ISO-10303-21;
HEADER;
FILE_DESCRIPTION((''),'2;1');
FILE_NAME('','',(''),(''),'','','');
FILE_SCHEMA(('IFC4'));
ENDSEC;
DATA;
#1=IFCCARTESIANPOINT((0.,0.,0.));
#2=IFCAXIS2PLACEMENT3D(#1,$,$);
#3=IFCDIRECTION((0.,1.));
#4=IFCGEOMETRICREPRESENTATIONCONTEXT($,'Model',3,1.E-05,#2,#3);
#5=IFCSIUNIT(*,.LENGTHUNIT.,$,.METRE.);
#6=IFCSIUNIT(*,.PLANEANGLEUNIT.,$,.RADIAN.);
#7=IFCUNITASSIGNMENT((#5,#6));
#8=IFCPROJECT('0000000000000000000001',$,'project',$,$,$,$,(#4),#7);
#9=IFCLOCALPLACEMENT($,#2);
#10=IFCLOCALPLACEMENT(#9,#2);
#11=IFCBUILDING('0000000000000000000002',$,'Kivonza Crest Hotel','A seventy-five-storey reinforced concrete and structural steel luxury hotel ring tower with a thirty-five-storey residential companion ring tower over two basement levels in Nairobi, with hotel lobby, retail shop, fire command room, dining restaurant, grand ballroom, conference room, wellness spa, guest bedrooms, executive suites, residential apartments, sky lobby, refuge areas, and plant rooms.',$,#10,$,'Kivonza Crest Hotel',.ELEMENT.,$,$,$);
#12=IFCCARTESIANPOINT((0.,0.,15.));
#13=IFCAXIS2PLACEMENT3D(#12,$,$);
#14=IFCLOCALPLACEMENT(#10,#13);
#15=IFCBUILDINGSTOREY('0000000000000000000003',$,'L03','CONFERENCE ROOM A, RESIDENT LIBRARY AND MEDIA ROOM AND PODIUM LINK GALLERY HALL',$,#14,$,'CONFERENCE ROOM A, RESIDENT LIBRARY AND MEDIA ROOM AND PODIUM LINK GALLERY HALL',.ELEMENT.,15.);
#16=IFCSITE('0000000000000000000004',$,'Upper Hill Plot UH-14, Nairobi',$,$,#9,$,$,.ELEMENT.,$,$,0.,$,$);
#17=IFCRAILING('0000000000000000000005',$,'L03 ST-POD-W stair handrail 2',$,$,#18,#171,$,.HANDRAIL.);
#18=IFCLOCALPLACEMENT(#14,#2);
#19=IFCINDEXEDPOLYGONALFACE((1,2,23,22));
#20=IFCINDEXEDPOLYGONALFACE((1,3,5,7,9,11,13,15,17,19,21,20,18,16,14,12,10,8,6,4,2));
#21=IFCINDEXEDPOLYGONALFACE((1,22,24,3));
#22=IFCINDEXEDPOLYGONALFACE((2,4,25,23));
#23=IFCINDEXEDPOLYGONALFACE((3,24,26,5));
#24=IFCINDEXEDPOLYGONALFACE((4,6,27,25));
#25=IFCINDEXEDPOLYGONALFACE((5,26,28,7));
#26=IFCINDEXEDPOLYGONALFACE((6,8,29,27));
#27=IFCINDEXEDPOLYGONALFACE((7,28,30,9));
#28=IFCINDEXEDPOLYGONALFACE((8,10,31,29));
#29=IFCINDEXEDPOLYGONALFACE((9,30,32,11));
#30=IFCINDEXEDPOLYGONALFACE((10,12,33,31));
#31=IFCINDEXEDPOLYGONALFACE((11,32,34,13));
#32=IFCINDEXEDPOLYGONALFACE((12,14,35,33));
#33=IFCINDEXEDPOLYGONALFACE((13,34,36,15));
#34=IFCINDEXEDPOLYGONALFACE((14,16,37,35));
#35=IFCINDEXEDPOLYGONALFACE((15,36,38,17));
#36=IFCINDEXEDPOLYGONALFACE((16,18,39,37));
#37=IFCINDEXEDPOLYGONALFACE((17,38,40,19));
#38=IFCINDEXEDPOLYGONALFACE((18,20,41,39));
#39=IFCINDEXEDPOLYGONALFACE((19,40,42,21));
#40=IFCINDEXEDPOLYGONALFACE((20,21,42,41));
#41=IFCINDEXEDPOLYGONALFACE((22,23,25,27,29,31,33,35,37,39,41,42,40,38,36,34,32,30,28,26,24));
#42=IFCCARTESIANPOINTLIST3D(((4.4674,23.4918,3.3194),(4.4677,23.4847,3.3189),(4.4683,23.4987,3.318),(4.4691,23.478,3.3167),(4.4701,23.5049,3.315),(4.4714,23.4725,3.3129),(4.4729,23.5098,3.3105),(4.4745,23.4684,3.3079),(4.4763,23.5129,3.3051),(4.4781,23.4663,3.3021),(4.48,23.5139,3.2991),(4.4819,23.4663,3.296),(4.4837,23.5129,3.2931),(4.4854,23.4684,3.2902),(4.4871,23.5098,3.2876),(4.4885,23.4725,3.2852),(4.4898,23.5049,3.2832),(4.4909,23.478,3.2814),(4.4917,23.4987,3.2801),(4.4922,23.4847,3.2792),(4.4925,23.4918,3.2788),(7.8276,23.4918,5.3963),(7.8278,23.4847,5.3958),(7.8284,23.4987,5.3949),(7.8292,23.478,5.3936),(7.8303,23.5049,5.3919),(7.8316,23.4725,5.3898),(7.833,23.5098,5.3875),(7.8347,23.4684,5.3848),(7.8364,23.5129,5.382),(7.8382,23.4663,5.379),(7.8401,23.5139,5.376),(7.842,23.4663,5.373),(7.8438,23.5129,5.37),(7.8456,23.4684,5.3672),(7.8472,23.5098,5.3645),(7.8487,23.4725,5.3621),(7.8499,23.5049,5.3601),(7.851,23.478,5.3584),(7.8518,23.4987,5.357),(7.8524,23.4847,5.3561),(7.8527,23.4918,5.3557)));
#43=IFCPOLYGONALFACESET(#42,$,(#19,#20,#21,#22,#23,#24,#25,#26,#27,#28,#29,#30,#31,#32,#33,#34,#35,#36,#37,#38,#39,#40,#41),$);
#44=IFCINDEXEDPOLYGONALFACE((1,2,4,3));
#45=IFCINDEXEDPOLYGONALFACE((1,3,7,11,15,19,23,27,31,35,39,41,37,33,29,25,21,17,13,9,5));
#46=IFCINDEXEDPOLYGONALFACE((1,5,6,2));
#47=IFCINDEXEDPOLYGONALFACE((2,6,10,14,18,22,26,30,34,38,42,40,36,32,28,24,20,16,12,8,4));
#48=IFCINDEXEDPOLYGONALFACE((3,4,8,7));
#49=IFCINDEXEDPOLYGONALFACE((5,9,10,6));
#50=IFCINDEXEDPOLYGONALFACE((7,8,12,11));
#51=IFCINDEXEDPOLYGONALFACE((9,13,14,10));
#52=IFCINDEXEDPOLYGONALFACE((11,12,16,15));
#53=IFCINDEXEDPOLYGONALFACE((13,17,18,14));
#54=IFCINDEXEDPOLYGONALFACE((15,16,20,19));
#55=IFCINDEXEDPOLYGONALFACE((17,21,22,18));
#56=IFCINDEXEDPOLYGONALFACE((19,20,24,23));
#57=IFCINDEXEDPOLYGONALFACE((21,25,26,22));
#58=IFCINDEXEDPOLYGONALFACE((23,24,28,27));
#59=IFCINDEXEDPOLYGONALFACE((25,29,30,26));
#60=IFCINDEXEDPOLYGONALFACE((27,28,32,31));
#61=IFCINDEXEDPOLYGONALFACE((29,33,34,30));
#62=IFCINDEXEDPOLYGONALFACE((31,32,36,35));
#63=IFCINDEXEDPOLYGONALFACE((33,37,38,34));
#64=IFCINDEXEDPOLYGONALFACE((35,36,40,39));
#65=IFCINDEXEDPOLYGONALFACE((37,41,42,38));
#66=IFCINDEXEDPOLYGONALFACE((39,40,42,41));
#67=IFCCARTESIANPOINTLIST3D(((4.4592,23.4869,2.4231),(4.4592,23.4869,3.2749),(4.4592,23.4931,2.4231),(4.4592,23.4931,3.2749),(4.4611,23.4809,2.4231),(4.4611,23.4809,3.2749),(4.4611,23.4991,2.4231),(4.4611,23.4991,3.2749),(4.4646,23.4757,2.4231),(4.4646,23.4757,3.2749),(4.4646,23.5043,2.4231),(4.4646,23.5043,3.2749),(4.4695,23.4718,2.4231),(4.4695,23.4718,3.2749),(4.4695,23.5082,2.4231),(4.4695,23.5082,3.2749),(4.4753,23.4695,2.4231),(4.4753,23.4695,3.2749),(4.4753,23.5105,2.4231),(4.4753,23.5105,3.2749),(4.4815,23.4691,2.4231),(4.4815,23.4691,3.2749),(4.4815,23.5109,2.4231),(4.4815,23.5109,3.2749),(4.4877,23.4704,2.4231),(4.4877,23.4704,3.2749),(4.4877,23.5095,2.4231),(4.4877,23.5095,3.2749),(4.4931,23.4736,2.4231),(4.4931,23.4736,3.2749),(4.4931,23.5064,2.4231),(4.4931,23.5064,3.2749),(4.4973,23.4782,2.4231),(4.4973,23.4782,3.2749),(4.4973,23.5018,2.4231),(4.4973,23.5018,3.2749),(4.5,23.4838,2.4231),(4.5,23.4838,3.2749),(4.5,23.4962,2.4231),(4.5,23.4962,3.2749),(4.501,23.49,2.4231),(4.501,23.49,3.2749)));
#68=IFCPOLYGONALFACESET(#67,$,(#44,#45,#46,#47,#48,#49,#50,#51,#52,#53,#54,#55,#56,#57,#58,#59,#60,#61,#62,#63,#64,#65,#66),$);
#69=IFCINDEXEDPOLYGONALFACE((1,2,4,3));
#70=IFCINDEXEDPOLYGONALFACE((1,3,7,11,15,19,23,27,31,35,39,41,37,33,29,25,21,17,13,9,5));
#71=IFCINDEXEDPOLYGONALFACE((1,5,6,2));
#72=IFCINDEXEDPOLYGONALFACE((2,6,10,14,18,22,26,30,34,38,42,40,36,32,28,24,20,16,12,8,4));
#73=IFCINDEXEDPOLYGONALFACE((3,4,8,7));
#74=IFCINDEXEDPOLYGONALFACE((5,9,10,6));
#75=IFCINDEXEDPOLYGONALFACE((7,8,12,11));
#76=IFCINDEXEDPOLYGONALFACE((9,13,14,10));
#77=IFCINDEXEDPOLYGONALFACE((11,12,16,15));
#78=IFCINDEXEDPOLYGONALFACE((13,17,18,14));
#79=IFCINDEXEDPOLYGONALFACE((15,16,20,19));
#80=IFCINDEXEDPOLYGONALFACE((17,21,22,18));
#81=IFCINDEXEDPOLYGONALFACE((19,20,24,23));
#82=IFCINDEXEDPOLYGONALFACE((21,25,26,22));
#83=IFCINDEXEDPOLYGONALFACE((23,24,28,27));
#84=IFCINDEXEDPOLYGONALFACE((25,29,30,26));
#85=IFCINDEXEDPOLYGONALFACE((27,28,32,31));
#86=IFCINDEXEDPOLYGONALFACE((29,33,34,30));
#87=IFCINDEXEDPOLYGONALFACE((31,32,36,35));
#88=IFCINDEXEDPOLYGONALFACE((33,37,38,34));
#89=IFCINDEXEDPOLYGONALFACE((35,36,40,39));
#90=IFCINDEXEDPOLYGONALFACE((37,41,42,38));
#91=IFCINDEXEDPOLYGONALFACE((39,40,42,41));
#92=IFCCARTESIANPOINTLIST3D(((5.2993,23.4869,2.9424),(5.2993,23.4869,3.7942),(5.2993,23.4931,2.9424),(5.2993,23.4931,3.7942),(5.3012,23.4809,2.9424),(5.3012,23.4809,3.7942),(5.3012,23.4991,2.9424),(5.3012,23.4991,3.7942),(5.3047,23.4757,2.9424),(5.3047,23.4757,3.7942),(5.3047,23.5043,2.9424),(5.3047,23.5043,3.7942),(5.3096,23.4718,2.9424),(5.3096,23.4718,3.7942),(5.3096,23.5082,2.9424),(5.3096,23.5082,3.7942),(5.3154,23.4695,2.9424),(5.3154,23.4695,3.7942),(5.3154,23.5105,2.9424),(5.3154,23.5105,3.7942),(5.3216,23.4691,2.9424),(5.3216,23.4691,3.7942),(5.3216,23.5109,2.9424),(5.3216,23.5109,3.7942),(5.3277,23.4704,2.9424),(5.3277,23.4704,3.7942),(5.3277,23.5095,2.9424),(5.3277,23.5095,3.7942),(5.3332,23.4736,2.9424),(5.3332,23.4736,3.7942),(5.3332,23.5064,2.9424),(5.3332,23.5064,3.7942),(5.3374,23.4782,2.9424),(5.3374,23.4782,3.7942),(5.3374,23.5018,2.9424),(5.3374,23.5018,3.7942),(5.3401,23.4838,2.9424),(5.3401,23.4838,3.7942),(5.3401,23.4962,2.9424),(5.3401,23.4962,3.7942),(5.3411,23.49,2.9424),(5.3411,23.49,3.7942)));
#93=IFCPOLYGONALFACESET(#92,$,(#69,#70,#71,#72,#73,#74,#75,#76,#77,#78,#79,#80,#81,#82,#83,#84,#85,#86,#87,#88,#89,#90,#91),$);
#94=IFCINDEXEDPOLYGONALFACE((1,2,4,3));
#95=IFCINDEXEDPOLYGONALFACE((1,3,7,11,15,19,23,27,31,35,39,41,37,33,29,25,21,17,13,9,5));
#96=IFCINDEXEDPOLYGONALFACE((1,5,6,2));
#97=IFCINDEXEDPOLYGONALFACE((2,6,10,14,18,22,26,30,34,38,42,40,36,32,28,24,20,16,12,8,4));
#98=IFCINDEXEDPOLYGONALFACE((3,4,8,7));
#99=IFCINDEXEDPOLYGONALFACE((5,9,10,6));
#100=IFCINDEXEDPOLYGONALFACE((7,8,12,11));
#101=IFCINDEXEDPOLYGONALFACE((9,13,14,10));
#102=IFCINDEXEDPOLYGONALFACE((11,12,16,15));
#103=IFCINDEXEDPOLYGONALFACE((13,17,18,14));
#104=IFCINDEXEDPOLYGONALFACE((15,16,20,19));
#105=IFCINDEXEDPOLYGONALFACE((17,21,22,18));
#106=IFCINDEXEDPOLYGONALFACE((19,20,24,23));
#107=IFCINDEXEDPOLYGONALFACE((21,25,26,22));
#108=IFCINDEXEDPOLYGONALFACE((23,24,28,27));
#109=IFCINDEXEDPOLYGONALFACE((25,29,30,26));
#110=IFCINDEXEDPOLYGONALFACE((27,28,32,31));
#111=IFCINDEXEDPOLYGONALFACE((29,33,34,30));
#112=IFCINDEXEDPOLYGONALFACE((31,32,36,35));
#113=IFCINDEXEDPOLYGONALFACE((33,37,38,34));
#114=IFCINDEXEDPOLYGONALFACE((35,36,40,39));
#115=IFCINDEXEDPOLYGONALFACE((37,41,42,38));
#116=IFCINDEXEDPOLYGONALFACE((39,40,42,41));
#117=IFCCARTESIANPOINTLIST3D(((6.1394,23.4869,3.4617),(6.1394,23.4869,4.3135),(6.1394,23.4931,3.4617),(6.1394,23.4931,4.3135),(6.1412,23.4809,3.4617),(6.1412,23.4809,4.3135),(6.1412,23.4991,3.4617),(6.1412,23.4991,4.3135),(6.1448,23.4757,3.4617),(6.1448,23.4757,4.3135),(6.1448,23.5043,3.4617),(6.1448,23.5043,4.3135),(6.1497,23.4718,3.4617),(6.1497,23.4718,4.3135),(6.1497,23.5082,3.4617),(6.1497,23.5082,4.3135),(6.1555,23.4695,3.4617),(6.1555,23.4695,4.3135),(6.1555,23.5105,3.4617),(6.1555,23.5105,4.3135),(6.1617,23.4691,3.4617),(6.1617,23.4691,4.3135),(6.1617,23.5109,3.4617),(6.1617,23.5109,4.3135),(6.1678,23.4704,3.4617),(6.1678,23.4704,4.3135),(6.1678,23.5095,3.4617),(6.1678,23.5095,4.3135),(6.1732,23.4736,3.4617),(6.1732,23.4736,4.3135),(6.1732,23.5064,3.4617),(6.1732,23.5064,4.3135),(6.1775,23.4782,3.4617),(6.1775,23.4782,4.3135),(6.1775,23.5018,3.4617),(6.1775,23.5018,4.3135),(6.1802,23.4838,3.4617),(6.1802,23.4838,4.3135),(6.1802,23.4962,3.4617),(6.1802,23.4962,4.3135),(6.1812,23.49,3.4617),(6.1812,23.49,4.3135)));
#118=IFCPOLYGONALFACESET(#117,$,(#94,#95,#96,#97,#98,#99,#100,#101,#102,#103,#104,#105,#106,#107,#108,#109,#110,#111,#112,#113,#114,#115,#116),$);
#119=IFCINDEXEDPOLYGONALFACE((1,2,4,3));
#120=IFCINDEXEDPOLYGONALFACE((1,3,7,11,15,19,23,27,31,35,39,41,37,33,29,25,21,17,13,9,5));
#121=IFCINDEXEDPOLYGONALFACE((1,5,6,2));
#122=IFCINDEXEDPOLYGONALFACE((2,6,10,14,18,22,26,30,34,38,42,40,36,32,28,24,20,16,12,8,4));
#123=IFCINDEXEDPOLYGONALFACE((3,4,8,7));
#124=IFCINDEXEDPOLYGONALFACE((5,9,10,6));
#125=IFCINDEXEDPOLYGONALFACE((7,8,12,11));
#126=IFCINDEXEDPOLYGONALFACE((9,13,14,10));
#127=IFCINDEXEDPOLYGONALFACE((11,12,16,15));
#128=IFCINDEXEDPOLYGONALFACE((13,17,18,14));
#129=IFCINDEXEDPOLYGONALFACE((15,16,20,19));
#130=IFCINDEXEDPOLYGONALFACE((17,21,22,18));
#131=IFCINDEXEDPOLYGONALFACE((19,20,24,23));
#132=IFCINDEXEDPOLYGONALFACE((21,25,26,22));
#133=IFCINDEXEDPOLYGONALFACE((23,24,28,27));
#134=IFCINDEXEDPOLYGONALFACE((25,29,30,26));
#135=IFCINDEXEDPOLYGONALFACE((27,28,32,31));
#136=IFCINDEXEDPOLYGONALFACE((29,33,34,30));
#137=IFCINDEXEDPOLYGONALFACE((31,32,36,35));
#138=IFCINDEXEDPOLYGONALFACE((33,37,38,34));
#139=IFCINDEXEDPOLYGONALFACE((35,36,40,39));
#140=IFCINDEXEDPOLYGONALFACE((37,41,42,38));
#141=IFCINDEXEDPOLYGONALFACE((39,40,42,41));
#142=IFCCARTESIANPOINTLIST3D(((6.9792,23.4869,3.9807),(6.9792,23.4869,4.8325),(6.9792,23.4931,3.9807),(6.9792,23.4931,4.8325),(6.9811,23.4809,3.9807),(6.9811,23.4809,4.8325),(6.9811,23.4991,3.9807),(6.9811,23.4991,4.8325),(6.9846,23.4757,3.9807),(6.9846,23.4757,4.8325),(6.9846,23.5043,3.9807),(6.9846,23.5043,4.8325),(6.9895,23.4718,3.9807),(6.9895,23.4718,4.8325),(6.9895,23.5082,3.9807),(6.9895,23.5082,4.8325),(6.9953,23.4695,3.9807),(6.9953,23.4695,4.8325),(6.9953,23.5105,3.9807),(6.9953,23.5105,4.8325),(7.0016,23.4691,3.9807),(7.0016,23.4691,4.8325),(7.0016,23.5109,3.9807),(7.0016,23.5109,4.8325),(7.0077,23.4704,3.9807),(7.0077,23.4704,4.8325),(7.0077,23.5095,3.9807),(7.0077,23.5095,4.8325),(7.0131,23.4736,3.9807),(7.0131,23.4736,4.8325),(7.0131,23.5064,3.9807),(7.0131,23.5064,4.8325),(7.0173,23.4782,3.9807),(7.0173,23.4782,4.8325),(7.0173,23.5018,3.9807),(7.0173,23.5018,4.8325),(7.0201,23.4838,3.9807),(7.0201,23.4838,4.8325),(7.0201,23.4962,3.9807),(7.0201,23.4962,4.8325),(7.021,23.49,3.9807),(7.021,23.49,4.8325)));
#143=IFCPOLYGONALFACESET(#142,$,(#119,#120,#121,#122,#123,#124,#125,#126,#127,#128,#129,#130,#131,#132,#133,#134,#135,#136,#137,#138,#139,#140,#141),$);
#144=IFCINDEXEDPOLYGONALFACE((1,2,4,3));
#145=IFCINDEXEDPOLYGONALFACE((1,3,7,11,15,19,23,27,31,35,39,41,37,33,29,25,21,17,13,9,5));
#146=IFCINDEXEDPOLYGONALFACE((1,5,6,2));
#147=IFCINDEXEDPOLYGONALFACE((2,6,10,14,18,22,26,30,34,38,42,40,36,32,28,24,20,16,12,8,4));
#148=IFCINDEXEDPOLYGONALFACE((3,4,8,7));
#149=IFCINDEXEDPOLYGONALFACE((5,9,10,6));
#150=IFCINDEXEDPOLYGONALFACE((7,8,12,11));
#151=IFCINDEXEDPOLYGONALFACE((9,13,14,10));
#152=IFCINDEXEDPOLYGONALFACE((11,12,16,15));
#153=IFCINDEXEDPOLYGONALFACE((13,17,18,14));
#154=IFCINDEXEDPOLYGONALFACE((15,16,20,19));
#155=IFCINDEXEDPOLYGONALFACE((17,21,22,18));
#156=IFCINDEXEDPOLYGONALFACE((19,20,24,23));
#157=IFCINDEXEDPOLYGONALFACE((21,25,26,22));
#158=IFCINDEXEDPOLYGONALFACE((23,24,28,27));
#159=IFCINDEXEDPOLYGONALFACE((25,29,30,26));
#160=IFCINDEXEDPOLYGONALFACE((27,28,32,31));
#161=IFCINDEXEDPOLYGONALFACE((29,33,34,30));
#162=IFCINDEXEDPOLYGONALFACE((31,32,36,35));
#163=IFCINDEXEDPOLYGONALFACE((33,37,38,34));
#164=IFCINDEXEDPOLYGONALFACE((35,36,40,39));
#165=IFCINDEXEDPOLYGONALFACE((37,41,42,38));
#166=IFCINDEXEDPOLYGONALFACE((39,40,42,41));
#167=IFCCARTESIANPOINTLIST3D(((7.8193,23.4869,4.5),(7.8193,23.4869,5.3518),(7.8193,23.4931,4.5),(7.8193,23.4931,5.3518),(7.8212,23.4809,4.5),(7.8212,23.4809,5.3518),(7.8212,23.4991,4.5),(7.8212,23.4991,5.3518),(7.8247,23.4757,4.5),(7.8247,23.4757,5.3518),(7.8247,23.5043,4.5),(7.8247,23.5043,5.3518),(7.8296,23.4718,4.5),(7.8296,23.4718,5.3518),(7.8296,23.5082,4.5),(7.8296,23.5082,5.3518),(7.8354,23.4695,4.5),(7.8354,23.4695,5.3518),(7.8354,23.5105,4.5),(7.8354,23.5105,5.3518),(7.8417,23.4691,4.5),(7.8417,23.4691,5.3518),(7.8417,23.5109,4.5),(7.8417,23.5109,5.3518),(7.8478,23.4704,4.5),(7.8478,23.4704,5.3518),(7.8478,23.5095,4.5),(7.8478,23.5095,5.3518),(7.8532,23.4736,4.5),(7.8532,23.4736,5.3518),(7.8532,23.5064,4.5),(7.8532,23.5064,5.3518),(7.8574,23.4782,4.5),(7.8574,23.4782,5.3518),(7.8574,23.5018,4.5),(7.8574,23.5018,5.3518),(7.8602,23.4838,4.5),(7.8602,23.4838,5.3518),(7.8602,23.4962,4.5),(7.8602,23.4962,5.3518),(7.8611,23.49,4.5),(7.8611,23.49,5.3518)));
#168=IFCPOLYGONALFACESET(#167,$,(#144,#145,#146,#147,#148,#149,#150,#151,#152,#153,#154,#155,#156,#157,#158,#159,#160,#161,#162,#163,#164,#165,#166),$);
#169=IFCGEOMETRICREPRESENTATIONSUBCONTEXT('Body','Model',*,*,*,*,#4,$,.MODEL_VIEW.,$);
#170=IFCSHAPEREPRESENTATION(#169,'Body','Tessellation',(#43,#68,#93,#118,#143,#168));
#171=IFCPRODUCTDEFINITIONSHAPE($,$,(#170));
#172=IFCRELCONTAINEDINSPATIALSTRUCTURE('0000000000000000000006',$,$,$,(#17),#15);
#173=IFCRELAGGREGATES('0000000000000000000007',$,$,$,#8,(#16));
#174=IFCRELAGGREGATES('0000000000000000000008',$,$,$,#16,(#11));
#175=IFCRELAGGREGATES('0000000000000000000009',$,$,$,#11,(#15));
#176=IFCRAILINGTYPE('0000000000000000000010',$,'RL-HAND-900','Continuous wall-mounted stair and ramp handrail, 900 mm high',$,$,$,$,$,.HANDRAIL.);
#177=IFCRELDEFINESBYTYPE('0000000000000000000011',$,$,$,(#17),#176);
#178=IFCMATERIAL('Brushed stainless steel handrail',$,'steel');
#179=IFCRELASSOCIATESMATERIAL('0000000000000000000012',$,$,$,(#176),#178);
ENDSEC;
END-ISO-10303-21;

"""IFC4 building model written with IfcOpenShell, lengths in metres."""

from ifc_helpers import new_model, si_unit, direction, frame, origin, origin_2d, place, context, subcontext, project, spatial, circle, extrude, material, type_object, element, save


model = new_model("IFC4")

# Units and contexts
model_context = context("Model", 3, precision=1e-05, world=origin(), true_north=direction((0.0, 1.0)))
body_context = subcontext(model_context, "Body", "Model", "MODEL_VIEW")
ifc_project = project(units=[si_unit("LENGTHUNIT", "METRE"), si_unit("PLANEANGLEUNIT", "RADIAN")], contexts=[model_context])

# Site, building, storey
site_placement = place(None, origin())
site = spatial("IfcSite", under=ifc_project, at=site_placement, Name="Upper Hill Plot UH-14, Nairobi", CompositionType="ELEMENT", RefElevation=0.0)
building_placement = place(site_placement, origin())
building = spatial("IfcBuilding", under=site, at=building_placement, Name="Kivonza Crest Hotel", Description="A seventy-five-storey reinforced concrete and structural steel luxury hotel ring tower with a thirty-five-storey residential companion ring tower over two basement levels in Nairobi, with hotel lobby, retail shop, fire command room, dining restaurant, grand ballroom, conference room, wellness spa, guest bedrooms, executive suites, residential apartments, sky lobby, refuge areas, and plant rooms.", LongName="Kivonza Crest Hotel", CompositionType="ELEMENT")
storey_placement = place(building_placement, frame((0.0, 0.0, 15.0)))
storey = spatial("IfcBuildingStorey", under=building, at=storey_placement, Name="L03", Description="CONFERENCE ROOM A, RESIDENT LIBRARY AND MEDIA ROOM AND PODIUM LINK GALLERY HALL", LongName="CONFERENCE ROOM A, RESIDENT LIBRARY AND MEDIA ROOM AND PODIUM LINK GALLERY HALL", CompositionType="ELEMENT", Elevation=15.0)

# Railing
ifc_material_1 = material(Name="Brushed stainless steel handrail", Category="steel")
railing_type_1 = type_object("IfcRailingType", Name="RL-HAND-900", Description="Continuous wall-mounted stair and ramp handrail, 900 mm high", PredefinedType="HANDRAIL", material=ifc_material_1)
railing_1_placement = place(storey_placement, frame((4.48, 23.49, 2.4231)))
element("IfcRailing", 1, at=railing_1_placement, inside=storey, type_object=railing_type_1, Name="L03 ST-POD-W stair handrail 2", PredefinedType="HANDRAIL", context=body_context, shape_type="SweptSolid", body=[
    extrude(circle(Radius=0.0239, at=origin_2d()), frame((0.0, 0.0, 0.876), z_axis=(0.850623, 0.0, 0.525776), x_axis=(0.0, 1.0, 0.0)), (0.0, 0.0, 1.0), 3.9502),
    extrude(circle(Radius=0.021, at=origin_2d()), origin(), (0.0, 0.0, 1.0), 0.8518),
    extrude(circle(Radius=0.021, at=origin_2d()), frame((0.8401, 0.0, 0.5193)), (0.0, 0.0, 1.0), 0.8518),
    extrude(circle(Radius=0.021, at=origin_2d()), frame((1.6802, 0.0, 1.0386)), (0.0, 0.0, 1.0), 0.8518),
    extrude(circle(Radius=0.021, at=origin_2d()), frame((2.52, 0.0, 1.5576)), (0.0, 0.0, 1.0), 0.8518),
    extrude(circle(Radius=0.021, at=origin_2d()), frame((3.3601, 0.0, 2.0769)), (0.0, 0.0, 1.0), 0.8518),
])

save(model, "model.ifc")
